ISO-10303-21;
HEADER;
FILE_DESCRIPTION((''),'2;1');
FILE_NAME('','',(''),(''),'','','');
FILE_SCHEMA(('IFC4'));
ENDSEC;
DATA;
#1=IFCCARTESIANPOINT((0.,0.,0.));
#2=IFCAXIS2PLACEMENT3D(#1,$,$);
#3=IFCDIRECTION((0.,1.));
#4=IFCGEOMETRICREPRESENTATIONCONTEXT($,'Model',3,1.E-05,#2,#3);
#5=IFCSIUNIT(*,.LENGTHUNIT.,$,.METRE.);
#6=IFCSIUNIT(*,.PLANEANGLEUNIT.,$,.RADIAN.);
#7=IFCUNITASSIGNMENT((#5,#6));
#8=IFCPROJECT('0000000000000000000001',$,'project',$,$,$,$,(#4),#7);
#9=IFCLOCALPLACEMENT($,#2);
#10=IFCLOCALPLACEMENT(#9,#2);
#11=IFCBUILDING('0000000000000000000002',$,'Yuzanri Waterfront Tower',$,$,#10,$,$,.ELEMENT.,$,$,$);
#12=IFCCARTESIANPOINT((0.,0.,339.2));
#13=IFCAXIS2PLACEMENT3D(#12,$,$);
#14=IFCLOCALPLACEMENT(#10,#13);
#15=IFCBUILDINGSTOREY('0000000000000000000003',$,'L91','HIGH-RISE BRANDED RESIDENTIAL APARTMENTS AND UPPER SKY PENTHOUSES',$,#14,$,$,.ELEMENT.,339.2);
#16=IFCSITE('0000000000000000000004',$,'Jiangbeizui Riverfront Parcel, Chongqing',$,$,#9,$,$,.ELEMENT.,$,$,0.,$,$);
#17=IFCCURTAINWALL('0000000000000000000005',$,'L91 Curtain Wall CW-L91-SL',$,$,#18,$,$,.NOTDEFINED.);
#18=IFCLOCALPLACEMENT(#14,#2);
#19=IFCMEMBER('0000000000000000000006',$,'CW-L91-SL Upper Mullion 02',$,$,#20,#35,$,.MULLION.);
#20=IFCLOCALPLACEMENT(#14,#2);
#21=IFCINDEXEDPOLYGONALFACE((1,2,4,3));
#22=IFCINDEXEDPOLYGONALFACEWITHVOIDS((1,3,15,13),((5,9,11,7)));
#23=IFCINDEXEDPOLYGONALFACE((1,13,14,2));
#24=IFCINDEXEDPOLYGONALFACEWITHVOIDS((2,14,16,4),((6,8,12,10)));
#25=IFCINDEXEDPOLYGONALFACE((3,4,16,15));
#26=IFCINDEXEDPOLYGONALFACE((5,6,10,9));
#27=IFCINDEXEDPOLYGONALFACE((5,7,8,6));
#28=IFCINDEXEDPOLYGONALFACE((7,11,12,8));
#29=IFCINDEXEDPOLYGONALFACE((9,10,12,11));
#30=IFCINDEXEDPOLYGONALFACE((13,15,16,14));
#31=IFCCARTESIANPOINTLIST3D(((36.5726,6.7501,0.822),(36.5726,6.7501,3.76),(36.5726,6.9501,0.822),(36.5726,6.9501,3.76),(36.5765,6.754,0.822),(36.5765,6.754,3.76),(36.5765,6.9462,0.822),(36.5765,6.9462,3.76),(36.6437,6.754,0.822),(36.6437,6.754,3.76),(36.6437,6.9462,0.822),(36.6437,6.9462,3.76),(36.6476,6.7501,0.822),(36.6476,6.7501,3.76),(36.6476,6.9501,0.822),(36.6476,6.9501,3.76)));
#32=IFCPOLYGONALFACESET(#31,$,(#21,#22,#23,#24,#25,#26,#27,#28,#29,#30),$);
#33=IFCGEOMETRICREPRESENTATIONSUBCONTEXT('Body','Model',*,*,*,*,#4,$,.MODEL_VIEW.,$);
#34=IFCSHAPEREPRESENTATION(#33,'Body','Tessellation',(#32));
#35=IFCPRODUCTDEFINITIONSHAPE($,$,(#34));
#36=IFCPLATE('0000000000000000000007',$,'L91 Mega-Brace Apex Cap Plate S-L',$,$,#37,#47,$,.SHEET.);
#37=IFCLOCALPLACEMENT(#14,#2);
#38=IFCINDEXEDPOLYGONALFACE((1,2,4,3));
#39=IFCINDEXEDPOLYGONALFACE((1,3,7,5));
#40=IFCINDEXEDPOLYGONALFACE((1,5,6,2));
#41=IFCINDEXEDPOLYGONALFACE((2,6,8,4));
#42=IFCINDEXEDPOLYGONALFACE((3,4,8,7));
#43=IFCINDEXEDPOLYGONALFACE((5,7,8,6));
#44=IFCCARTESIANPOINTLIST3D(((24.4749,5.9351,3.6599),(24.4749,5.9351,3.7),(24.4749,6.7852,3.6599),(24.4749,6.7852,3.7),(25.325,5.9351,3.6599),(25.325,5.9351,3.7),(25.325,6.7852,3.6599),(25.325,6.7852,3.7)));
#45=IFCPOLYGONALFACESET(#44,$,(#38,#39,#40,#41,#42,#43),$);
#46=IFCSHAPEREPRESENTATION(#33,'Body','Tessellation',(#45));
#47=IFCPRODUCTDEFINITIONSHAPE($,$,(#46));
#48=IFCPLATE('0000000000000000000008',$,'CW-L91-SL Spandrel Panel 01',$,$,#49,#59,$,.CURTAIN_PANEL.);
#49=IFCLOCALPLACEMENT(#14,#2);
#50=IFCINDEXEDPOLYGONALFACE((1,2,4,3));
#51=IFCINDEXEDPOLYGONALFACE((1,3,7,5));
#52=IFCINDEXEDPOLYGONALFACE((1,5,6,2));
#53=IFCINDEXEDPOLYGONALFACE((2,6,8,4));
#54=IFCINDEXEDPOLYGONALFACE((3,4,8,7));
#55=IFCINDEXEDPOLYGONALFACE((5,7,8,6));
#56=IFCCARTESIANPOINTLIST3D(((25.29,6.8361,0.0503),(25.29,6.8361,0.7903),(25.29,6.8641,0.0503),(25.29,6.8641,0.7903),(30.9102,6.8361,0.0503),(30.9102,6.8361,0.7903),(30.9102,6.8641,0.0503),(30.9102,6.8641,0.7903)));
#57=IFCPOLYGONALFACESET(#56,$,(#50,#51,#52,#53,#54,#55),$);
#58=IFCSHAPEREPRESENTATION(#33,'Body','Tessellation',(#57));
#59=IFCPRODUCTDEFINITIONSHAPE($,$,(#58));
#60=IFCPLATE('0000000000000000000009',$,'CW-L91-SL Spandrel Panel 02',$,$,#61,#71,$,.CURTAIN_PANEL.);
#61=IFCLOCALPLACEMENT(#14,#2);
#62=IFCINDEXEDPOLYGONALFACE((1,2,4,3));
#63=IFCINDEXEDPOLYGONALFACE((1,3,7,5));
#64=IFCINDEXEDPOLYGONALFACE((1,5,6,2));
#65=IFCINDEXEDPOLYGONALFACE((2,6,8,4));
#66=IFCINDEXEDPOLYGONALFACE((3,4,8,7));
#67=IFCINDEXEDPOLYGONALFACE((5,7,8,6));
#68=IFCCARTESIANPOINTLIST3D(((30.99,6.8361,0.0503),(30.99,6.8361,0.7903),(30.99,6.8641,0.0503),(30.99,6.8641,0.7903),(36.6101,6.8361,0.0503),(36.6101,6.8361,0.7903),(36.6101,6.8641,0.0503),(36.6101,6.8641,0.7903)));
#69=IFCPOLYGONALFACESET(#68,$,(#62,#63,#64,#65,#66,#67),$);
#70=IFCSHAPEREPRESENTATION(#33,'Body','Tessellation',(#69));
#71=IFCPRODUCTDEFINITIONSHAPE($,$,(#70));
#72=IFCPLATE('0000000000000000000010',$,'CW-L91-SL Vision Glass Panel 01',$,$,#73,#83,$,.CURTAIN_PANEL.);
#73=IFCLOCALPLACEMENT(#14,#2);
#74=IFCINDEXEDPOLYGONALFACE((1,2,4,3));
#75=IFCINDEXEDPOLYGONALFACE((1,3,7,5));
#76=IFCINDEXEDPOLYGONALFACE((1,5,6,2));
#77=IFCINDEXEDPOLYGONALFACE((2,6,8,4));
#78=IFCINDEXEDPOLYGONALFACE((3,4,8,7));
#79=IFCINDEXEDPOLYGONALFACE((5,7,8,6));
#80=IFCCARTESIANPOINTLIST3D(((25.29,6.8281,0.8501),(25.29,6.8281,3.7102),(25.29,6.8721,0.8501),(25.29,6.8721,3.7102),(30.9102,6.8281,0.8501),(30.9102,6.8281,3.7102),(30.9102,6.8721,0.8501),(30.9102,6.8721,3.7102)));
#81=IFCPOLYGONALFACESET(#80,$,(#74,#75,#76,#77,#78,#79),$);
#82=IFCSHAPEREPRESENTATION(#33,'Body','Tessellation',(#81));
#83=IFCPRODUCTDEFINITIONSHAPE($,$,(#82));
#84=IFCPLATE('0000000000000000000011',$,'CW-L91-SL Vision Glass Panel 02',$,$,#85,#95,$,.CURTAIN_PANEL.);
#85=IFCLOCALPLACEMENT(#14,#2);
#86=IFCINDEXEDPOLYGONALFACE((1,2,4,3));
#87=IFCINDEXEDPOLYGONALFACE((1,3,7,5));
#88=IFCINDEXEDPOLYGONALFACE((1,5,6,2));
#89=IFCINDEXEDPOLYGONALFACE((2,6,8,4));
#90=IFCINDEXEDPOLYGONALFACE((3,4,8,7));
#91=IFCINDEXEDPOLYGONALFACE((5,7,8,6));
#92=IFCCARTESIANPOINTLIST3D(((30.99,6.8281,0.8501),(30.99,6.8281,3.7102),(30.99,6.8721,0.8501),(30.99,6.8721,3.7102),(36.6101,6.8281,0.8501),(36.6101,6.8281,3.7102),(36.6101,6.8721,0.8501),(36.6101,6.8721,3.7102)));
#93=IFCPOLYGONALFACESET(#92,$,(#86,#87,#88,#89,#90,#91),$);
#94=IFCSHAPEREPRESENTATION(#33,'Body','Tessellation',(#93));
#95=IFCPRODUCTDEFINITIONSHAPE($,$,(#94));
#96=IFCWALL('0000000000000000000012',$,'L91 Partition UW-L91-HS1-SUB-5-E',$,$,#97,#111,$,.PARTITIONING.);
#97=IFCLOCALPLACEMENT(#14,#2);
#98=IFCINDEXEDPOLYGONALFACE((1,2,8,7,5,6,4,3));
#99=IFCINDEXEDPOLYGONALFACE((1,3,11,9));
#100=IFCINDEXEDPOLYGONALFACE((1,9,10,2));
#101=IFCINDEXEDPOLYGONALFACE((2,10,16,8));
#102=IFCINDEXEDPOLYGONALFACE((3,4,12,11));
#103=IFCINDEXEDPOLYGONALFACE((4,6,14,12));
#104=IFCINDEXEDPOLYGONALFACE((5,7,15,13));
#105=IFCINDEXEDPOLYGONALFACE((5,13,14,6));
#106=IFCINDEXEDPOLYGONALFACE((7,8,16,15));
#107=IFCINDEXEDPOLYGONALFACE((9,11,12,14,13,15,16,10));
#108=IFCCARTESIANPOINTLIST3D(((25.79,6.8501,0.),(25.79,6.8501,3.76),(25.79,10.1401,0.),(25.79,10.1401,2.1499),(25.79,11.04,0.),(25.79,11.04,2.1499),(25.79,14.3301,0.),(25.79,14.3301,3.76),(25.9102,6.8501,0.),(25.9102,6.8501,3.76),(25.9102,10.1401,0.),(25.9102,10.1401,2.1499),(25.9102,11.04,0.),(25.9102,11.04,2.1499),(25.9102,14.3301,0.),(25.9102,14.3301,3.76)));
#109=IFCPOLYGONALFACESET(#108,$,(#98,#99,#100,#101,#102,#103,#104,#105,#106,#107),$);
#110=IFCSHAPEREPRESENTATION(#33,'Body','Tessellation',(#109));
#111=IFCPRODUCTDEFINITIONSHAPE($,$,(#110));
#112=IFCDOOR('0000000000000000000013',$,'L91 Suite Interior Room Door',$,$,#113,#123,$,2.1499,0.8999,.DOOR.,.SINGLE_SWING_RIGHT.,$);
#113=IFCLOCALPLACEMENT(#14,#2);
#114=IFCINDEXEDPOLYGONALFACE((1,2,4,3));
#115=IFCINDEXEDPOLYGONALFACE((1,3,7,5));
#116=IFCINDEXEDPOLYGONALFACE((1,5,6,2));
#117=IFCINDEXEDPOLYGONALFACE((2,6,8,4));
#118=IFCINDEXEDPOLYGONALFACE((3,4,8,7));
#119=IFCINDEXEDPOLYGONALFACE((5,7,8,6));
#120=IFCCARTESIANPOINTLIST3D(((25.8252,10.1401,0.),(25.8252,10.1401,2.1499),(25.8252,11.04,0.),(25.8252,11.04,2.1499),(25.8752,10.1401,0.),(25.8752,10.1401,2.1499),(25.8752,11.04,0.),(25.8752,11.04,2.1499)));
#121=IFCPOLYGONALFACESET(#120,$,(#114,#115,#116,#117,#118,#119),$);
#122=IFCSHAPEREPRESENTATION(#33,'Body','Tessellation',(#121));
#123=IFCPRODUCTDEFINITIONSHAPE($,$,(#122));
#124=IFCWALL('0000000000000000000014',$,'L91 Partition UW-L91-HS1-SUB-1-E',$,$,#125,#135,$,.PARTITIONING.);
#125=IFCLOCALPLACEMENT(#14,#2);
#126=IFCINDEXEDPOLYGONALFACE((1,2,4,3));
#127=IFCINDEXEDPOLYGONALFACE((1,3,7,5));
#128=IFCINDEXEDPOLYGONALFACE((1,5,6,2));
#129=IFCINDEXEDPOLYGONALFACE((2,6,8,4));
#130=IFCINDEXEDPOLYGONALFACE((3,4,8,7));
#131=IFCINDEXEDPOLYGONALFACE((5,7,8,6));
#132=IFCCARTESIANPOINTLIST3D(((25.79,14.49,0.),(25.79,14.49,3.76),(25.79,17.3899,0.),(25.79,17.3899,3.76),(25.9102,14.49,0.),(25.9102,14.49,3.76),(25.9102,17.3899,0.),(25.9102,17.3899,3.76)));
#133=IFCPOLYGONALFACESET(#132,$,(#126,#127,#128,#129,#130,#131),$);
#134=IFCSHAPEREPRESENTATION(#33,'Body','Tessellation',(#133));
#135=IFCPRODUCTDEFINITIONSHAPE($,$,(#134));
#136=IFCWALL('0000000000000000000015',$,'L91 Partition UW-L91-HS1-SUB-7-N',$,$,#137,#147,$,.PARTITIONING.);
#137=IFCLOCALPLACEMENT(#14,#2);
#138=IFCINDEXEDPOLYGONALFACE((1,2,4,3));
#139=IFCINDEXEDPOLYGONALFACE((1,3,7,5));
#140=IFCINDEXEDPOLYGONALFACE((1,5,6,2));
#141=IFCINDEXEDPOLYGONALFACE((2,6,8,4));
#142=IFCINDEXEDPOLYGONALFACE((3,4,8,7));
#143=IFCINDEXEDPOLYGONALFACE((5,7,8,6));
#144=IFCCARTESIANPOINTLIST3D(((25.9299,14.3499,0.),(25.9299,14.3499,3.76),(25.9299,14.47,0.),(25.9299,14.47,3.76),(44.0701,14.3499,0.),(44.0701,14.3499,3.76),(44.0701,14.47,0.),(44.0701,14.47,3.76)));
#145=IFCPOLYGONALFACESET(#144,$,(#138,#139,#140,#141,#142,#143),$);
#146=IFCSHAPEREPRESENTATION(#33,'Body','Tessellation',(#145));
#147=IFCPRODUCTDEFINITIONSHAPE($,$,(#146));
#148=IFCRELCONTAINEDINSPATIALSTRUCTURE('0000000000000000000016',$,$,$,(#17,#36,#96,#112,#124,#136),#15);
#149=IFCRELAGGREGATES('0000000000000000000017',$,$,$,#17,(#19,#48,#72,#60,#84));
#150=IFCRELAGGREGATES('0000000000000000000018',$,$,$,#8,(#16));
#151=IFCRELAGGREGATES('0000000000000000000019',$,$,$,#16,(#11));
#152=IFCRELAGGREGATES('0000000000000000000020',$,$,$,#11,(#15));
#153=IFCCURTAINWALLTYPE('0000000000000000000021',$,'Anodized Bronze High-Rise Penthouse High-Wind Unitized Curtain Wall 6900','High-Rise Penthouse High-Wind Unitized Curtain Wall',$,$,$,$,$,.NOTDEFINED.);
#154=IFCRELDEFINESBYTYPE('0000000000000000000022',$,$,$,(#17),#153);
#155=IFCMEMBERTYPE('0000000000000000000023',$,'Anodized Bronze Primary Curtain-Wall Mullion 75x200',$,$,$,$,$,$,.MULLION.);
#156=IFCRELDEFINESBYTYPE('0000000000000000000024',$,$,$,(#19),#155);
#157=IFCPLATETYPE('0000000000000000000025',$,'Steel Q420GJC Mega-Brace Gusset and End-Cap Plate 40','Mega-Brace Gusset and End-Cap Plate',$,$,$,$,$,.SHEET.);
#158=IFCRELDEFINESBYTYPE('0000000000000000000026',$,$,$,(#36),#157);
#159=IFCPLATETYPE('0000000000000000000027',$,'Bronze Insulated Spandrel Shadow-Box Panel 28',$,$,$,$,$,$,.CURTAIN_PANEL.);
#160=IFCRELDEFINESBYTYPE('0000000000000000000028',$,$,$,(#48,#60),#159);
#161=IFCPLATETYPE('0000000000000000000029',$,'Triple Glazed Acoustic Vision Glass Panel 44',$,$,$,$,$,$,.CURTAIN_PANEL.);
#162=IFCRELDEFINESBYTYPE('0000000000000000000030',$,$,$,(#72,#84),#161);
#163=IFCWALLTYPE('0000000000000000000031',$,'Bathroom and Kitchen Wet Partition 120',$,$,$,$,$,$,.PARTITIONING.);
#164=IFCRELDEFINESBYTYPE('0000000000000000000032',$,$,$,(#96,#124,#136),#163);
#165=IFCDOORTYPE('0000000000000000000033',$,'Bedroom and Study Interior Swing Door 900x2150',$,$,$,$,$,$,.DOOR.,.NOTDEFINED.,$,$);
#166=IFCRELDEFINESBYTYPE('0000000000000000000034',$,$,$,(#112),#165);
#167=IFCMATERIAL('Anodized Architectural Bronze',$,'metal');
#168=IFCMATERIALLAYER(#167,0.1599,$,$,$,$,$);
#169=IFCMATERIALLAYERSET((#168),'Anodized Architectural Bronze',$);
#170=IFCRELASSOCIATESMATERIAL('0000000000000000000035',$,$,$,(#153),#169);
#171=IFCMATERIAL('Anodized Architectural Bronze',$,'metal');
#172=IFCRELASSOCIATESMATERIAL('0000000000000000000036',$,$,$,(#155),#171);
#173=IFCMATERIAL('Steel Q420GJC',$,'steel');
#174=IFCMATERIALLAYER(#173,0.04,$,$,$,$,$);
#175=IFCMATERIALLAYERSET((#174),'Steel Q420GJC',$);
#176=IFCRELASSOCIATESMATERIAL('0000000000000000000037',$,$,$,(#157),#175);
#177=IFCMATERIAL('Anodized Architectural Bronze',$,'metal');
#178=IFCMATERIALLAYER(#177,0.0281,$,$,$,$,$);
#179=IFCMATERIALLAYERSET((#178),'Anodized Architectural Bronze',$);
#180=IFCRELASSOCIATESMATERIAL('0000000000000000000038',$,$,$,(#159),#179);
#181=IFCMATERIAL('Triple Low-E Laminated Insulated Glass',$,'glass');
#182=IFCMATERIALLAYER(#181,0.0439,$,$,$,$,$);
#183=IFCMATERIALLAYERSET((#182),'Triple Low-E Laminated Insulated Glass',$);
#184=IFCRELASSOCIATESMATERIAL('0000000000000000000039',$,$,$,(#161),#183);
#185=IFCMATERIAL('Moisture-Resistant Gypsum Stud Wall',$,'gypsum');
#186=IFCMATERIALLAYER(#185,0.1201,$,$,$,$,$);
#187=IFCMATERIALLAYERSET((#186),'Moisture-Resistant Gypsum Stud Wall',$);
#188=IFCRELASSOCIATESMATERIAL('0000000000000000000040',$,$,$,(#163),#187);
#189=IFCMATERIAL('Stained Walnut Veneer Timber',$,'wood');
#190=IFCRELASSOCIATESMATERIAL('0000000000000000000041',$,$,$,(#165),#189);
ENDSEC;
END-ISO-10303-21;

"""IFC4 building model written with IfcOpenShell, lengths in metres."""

from ifc_helpers import new_model, si_unit, direction, frame, frame_2d, origin, origin_2d, place, context, subcontext, project, spatial, rectangle, hollow_rectangle, extrude, source, transform, mapped, material, layer, layer_set, material_profile, profile_set, type_object, element, fill, aggregate, save


model = new_model("IFC4")

# Units and contexts
model_context = context("Model", 3, precision=1e-05, world=origin(), true_north=direction((0.0, 1.0)))
body_context = subcontext(model_context, "Body", "Model", "MODEL_VIEW")
ifc_project = project(units=[si_unit("LENGTHUNIT", "METRE"), si_unit("PLANEANGLEUNIT", "RADIAN")], contexts=[model_context])

# Site, building, storey
site_placement = place(None, origin())
site = spatial("IfcSite", under=ifc_project, at=site_placement, Name="Jiangbeizui Riverfront Parcel, Chongqing", CompositionType="ELEMENT", RefElevation=0.0)
building_placement = place(site_placement, origin())
building = spatial("IfcBuilding", under=site, at=building_placement, Name="Yuzanri Waterfront Tower", CompositionType="ELEMENT")
storey_placement = place(building_placement, frame((0.0, 0.0, 339.2)))
storey = spatial("IfcBuildingStorey", under=building, at=storey_placement, Name="L91", Description="HIGH-RISE BRANDED RESIDENTIAL APARTMENTS AND UPPER SKY PENTHOUSES", CompositionType="ELEMENT", Elevation=339.2)

# Curtain wall, member
ifc_material_1 = material(Name="Anodized Architectural Bronze", Category="metal")
ifc_layer_1 = layer(ifc_material_1, 0.1599)
ifc_layer_set_1 = layer_set([ifc_layer_1], Name="Anodized Architectural Bronze")
curtain_wall_type = type_object("IfcCurtainWallType", Name="Anodized Bronze High-Rise Penthouse High-Wind Unitized Curtain Wall 6900", Description="High-Rise Penthouse High-Wind Unitized Curtain Wall", PredefinedType="NOTDEFINED", material=ifc_layer_set_1)
curtain_wall_placement = place(storey_placement, origin())
curtain_wall = element("IfcCurtainWall", 1, at=curtain_wall_placement, inside=storey, type_object=curtain_wall_type, Name="L91 Curtain Wall CW-L91-SL", PredefinedType="NOTDEFINED")
ifc_material_2 = material(Name="Anodized Architectural Bronze", Category="metal")
ifc_material_profile_1 = material_profile(ifc_material_2, hollow_rectangle(XDim=0.075, YDim=0.2, WallThickness=0.0039, at=origin_2d()), Name="CWM 75x200")
ifc_profile_set_1 = profile_set([ifc_material_profile_1], Name="Anodized Architectural Bronze")
member_type_1 = type_object("IfcMemberType", Name="Anodized Bronze Primary Curtain-Wall Mullion 75x200", PredefinedType="MULLION", material=ifc_profile_set_1)
shared_shape_1 = source(origin(), body_context, "Body", "SweptSolid", [
    extrude(hollow_rectangle(XDim=0.075, YDim=0.2, WallThickness=0.0039, at=origin_2d()), origin(), (0.0, 0.0, 1.0), 2.938),
])
member_1_placement = place(storey_placement, frame((36.6101, 6.8501, 0.822), z_axis=(0.0, 0.0, 1.0), x_axis=(1.0, 0.0, 0.0)))
member_1 = element("IfcMember", 2, at=member_1_placement, type_object=member_type_1, Name="CW-L91-SL Upper Mullion 02", PredefinedType="MULLION", context=body_context, shape_type="MappedRepresentation", body=[
    mapped(shared_shape_1, transform((0.0, 0.0, 0.0), scale=1.0)),
])

# Plates
ifc_material_3 = material(Name="Steel Q420GJC", Category="steel")
ifc_layer_2 = layer(ifc_material_3, 0.04)
ifc_layer_set_2 = layer_set([ifc_layer_2], Name="Steel Q420GJC")
plate_type_1 = type_object("IfcPlateType", Name="Steel Q420GJC Mega-Brace Gusset and End-Cap Plate 40", Description="Mega-Brace Gusset and End-Cap Plate", PredefinedType="SHEET", material=ifc_layer_set_2)
shared_shape_2 = source(origin(), body_context, "Body", "SweptSolid", [
    extrude(rectangle(XDim=0.8501, YDim=0.8501, at=origin_2d()), origin(), (0.0, 0.0, 1.0), 0.04),
])
plate_1_placement = place(storey_placement, frame((24.8999, 6.3601, 3.6599), z_axis=(0.0, 0.0, 1.0), x_axis=(1.0, 0.0, 0.0)))
element("IfcPlate", 3, at=plate_1_placement, inside=storey, type_object=plate_type_1, Name="L91 Mega-Brace Apex Cap Plate S-L", PredefinedType="SHEET", context=body_context, shape_type="MappedRepresentation", body=[
    mapped(shared_shape_2, transform((0.0, 0.0, 0.0), scale=1.0)),
])
ifc_material_4 = material(Name="Anodized Architectural Bronze", Category="metal")
ifc_layer_3 = layer(ifc_material_4, 0.0281)
ifc_layer_set_3 = layer_set([ifc_layer_3], Name="Anodized Architectural Bronze")
plate_type_2 = type_object("IfcPlateType", Name="Bronze Insulated Spandrel Shadow-Box Panel 28", PredefinedType="CURTAIN_PANEL", material=ifc_layer_set_3)
shared_shape_3 = source(origin(), body_context, "Body", "SweptSolid", [
    extrude(rectangle(XDim=5.6201, YDim=0.0281, at=origin_2d()), origin(), (0.0, 0.0, 1.0), 0.74),
])
plate_2_placement = place(storey_placement, frame((28.1001, 6.8501, 0.0503), z_axis=(0.0, 0.0, 1.0), x_axis=(1.0, 0.0, 0.0)))
plate_2 = element("IfcPlate", 4, at=plate_2_placement, type_object=plate_type_2, Name="CW-L91-SL Spandrel Panel 01", PredefinedType="CURTAIN_PANEL", context=body_context, shape_type="MappedRepresentation", body=[
    mapped(shared_shape_3, transform((0.0, 0.0, 0.0), scale=1.0)),
])
plate_3_placement = place(storey_placement, frame((33.8, 6.8501, 0.0503), z_axis=(0.0, 0.0, 1.0), x_axis=(1.0, 0.0, 0.0)))
plate_3 = element("IfcPlate", 5, at=plate_3_placement, type_object=plate_type_2, Name="CW-L91-SL Spandrel Panel 02", PredefinedType="CURTAIN_PANEL", context=body_context, shape_type="MappedRepresentation", body=[
    mapped(shared_shape_3, transform((0.0, 0.0, 0.0), scale=1.0)),
])
ifc_material_5 = material(Name="Triple Low-E Laminated Insulated Glass", Category="glass")
ifc_layer_4 = layer(ifc_material_5, 0.0439)
ifc_layer_set_4 = layer_set([ifc_layer_4], Name="Triple Low-E Laminated Insulated Glass")
plate_type_3 = type_object("IfcPlateType", Name="Triple Glazed Acoustic Vision Glass Panel 44", PredefinedType="CURTAIN_PANEL", material=ifc_layer_set_4)
shared_shape_4 = source(origin(), body_context, "Body", "SweptSolid", [
    extrude(rectangle(XDim=5.6201, YDim=0.0439, at=origin_2d()), origin(), (0.0, 0.0, 1.0), 2.8601),
])
plate_4_placement = place(storey_placement, frame((28.1001, 6.8501, 0.8501), z_axis=(0.0, 0.0, 1.0), x_axis=(1.0, 0.0, 0.0)))
plate_4 = element("IfcPlate", 6, at=plate_4_placement, type_object=plate_type_3, Name="CW-L91-SL Vision Glass Panel 01", PredefinedType="CURTAIN_PANEL", context=body_context, shape_type="MappedRepresentation", body=[
    mapped(shared_shape_4, transform((0.0, 0.0, 0.0), scale=1.0)),
])
plate_5_placement = place(storey_placement, frame((33.8, 6.8501, 0.8501), z_axis=(0.0, 0.0, 1.0), x_axis=(1.0, 0.0, 0.0)))
plate_5 = element("IfcPlate", 7, at=plate_5_placement, type_object=plate_type_3, Name="CW-L91-SL Vision Glass Panel 02", PredefinedType="CURTAIN_PANEL", context=body_context, shape_type="MappedRepresentation", body=[
    mapped(shared_shape_4, transform((0.0, 0.0, 0.0), scale=1.0)),
])
aggregate(curtain_wall, [member_1, plate_2, plate_4, plate_3, plate_5])

# Wall, opening, door
ifc_material_6 = material(Name="Moisture-Resistant Gypsum Stud Wall", Category="gypsum")
ifc_layer_5 = layer(ifc_material_6, 0.1201)
ifc_layer_set_5 = layer_set([ifc_layer_5], Name="Moisture-Resistant Gypsum Stud Wall")
wall_type = type_object("IfcWallType", Name="Bathroom and Kitchen Wet Partition 120", PredefinedType="PARTITIONING", material=ifc_layer_set_5)
wall_1_placement = place(storey_placement, frame((25.8501, 6.8501, 0.0), z_axis=(0.0, 0.0, 1.0), x_axis=(0.0, 1.0, 0.0)))
wall_1 = element("IfcWall", 8, at=wall_1_placement, inside=storey, type_object=wall_type, Name="L91 Partition UW-L91-HS1-SUB-5-E", PredefinedType="PARTITIONING", context=body_context, shape_type="SweptSolid", body=[
    extrude(rectangle(XDim=7.48, YDim=0.1201, at=frame_2d((3.74, 0.0))), origin(), (0.0, 0.0, 1.0), 3.76),
])
opening_placement = place(wall_1_placement, frame((3.29, 0.0, 0.0)))
opening = element("IfcOpeningElement", 9, at=opening_placement, cuts=wall_1, PredefinedType="OPENING", context=body_context, shape_type="SweptSolid", body=[
    extrude(rectangle(XDim=0.8999, YDim=2.1499, at=frame_2d((0.45, 1.075))), frame((0.0, 0.075, 0.0), z_axis=(0.0, -1.0, 0.0), x_axis=(1.0, 0.0, 0.0)), (0.0, 0.0, 1.0), 0.1499),
])
ifc_material_7 = material(Name="Stained Walnut Veneer Timber", Category="wood")
door_type = type_object("IfcDoorType", Name="Bedroom and Study Interior Swing Door 900x2150", OperationType="NOTDEFINED", PredefinedType="DOOR", material=ifc_material_7)
shared_shape_5 = source(origin(), body_context, "Body", "SweptSolid", [
    extrude(rectangle(XDim=0.8999, YDim=2.1499, at=frame_2d((0.45, 1.075))), frame((0.0, 0.0249, 0.0), z_axis=(0.0, -1.0, 0.0), x_axis=(1.0, 0.0, 0.0)), (0.0, 0.0, 1.0), 0.05),
])
door_placement = place(opening_placement, origin())
door = element("IfcDoor", 10, at=door_placement, inside=storey, type_object=door_type, Name="L91 Suite Interior Room Door", OperationType="SINGLE_SWING_RIGHT", OverallHeight=2.1499, OverallWidth=0.8999, PredefinedType="DOOR", context=body_context, shape_type="MappedRepresentation", body=[
    mapped(shared_shape_5, transform((0.0, 0.0, 0.0), scale=1.0)),
])
fill(opening, door)

# Walls
shared_shape_6 = source(origin(), body_context, "Body", "SweptSolid", [
    extrude(rectangle(XDim=2.8999, YDim=0.1201, at=frame_2d((1.45, 0.0))), origin(), (0.0, 0.0, 1.0), 3.76),
])
wall_2_placement = place(storey_placement, frame((25.8501, 14.49, 0.0), z_axis=(0.0, 0.0, 1.0), x_axis=(0.0, 1.0, 0.0)))
element("IfcWall", 11, at=wall_2_placement, inside=storey, type_object=wall_type, Name="L91 Partition UW-L91-HS1-SUB-1-E", PredefinedType="PARTITIONING", context=body_context, shape_type="MappedRepresentation", body=[
    mapped(shared_shape_6, transform((0.0, 0.0, 0.0), scale=1.0)),
])
shared_shape_7 = source(origin(), body_context, "Body", "SweptSolid", [
    extrude(rectangle(XDim=18.1401, YDim=0.1201, at=frame_2d((9.0701, 0.0))), origin(), (0.0, 0.0, 1.0), 3.76),
])
wall_3_placement = place(storey_placement, frame((25.9299, 14.4099, 0.0), z_axis=(0.0, 0.0, 1.0), x_axis=(1.0, 0.0, 0.0)))
element("IfcWall", 12, at=wall_3_placement, inside=storey, type_object=wall_type, Name="L91 Partition UW-L91-HS1-SUB-7-N", PredefinedType="PARTITIONING", context=body_context, shape_type="MappedRepresentation", body=[
    mapped(shared_shape_7, transform((0.0, 0.0, 0.0), scale=1.0)),
])

save(model, "model.ifc")
